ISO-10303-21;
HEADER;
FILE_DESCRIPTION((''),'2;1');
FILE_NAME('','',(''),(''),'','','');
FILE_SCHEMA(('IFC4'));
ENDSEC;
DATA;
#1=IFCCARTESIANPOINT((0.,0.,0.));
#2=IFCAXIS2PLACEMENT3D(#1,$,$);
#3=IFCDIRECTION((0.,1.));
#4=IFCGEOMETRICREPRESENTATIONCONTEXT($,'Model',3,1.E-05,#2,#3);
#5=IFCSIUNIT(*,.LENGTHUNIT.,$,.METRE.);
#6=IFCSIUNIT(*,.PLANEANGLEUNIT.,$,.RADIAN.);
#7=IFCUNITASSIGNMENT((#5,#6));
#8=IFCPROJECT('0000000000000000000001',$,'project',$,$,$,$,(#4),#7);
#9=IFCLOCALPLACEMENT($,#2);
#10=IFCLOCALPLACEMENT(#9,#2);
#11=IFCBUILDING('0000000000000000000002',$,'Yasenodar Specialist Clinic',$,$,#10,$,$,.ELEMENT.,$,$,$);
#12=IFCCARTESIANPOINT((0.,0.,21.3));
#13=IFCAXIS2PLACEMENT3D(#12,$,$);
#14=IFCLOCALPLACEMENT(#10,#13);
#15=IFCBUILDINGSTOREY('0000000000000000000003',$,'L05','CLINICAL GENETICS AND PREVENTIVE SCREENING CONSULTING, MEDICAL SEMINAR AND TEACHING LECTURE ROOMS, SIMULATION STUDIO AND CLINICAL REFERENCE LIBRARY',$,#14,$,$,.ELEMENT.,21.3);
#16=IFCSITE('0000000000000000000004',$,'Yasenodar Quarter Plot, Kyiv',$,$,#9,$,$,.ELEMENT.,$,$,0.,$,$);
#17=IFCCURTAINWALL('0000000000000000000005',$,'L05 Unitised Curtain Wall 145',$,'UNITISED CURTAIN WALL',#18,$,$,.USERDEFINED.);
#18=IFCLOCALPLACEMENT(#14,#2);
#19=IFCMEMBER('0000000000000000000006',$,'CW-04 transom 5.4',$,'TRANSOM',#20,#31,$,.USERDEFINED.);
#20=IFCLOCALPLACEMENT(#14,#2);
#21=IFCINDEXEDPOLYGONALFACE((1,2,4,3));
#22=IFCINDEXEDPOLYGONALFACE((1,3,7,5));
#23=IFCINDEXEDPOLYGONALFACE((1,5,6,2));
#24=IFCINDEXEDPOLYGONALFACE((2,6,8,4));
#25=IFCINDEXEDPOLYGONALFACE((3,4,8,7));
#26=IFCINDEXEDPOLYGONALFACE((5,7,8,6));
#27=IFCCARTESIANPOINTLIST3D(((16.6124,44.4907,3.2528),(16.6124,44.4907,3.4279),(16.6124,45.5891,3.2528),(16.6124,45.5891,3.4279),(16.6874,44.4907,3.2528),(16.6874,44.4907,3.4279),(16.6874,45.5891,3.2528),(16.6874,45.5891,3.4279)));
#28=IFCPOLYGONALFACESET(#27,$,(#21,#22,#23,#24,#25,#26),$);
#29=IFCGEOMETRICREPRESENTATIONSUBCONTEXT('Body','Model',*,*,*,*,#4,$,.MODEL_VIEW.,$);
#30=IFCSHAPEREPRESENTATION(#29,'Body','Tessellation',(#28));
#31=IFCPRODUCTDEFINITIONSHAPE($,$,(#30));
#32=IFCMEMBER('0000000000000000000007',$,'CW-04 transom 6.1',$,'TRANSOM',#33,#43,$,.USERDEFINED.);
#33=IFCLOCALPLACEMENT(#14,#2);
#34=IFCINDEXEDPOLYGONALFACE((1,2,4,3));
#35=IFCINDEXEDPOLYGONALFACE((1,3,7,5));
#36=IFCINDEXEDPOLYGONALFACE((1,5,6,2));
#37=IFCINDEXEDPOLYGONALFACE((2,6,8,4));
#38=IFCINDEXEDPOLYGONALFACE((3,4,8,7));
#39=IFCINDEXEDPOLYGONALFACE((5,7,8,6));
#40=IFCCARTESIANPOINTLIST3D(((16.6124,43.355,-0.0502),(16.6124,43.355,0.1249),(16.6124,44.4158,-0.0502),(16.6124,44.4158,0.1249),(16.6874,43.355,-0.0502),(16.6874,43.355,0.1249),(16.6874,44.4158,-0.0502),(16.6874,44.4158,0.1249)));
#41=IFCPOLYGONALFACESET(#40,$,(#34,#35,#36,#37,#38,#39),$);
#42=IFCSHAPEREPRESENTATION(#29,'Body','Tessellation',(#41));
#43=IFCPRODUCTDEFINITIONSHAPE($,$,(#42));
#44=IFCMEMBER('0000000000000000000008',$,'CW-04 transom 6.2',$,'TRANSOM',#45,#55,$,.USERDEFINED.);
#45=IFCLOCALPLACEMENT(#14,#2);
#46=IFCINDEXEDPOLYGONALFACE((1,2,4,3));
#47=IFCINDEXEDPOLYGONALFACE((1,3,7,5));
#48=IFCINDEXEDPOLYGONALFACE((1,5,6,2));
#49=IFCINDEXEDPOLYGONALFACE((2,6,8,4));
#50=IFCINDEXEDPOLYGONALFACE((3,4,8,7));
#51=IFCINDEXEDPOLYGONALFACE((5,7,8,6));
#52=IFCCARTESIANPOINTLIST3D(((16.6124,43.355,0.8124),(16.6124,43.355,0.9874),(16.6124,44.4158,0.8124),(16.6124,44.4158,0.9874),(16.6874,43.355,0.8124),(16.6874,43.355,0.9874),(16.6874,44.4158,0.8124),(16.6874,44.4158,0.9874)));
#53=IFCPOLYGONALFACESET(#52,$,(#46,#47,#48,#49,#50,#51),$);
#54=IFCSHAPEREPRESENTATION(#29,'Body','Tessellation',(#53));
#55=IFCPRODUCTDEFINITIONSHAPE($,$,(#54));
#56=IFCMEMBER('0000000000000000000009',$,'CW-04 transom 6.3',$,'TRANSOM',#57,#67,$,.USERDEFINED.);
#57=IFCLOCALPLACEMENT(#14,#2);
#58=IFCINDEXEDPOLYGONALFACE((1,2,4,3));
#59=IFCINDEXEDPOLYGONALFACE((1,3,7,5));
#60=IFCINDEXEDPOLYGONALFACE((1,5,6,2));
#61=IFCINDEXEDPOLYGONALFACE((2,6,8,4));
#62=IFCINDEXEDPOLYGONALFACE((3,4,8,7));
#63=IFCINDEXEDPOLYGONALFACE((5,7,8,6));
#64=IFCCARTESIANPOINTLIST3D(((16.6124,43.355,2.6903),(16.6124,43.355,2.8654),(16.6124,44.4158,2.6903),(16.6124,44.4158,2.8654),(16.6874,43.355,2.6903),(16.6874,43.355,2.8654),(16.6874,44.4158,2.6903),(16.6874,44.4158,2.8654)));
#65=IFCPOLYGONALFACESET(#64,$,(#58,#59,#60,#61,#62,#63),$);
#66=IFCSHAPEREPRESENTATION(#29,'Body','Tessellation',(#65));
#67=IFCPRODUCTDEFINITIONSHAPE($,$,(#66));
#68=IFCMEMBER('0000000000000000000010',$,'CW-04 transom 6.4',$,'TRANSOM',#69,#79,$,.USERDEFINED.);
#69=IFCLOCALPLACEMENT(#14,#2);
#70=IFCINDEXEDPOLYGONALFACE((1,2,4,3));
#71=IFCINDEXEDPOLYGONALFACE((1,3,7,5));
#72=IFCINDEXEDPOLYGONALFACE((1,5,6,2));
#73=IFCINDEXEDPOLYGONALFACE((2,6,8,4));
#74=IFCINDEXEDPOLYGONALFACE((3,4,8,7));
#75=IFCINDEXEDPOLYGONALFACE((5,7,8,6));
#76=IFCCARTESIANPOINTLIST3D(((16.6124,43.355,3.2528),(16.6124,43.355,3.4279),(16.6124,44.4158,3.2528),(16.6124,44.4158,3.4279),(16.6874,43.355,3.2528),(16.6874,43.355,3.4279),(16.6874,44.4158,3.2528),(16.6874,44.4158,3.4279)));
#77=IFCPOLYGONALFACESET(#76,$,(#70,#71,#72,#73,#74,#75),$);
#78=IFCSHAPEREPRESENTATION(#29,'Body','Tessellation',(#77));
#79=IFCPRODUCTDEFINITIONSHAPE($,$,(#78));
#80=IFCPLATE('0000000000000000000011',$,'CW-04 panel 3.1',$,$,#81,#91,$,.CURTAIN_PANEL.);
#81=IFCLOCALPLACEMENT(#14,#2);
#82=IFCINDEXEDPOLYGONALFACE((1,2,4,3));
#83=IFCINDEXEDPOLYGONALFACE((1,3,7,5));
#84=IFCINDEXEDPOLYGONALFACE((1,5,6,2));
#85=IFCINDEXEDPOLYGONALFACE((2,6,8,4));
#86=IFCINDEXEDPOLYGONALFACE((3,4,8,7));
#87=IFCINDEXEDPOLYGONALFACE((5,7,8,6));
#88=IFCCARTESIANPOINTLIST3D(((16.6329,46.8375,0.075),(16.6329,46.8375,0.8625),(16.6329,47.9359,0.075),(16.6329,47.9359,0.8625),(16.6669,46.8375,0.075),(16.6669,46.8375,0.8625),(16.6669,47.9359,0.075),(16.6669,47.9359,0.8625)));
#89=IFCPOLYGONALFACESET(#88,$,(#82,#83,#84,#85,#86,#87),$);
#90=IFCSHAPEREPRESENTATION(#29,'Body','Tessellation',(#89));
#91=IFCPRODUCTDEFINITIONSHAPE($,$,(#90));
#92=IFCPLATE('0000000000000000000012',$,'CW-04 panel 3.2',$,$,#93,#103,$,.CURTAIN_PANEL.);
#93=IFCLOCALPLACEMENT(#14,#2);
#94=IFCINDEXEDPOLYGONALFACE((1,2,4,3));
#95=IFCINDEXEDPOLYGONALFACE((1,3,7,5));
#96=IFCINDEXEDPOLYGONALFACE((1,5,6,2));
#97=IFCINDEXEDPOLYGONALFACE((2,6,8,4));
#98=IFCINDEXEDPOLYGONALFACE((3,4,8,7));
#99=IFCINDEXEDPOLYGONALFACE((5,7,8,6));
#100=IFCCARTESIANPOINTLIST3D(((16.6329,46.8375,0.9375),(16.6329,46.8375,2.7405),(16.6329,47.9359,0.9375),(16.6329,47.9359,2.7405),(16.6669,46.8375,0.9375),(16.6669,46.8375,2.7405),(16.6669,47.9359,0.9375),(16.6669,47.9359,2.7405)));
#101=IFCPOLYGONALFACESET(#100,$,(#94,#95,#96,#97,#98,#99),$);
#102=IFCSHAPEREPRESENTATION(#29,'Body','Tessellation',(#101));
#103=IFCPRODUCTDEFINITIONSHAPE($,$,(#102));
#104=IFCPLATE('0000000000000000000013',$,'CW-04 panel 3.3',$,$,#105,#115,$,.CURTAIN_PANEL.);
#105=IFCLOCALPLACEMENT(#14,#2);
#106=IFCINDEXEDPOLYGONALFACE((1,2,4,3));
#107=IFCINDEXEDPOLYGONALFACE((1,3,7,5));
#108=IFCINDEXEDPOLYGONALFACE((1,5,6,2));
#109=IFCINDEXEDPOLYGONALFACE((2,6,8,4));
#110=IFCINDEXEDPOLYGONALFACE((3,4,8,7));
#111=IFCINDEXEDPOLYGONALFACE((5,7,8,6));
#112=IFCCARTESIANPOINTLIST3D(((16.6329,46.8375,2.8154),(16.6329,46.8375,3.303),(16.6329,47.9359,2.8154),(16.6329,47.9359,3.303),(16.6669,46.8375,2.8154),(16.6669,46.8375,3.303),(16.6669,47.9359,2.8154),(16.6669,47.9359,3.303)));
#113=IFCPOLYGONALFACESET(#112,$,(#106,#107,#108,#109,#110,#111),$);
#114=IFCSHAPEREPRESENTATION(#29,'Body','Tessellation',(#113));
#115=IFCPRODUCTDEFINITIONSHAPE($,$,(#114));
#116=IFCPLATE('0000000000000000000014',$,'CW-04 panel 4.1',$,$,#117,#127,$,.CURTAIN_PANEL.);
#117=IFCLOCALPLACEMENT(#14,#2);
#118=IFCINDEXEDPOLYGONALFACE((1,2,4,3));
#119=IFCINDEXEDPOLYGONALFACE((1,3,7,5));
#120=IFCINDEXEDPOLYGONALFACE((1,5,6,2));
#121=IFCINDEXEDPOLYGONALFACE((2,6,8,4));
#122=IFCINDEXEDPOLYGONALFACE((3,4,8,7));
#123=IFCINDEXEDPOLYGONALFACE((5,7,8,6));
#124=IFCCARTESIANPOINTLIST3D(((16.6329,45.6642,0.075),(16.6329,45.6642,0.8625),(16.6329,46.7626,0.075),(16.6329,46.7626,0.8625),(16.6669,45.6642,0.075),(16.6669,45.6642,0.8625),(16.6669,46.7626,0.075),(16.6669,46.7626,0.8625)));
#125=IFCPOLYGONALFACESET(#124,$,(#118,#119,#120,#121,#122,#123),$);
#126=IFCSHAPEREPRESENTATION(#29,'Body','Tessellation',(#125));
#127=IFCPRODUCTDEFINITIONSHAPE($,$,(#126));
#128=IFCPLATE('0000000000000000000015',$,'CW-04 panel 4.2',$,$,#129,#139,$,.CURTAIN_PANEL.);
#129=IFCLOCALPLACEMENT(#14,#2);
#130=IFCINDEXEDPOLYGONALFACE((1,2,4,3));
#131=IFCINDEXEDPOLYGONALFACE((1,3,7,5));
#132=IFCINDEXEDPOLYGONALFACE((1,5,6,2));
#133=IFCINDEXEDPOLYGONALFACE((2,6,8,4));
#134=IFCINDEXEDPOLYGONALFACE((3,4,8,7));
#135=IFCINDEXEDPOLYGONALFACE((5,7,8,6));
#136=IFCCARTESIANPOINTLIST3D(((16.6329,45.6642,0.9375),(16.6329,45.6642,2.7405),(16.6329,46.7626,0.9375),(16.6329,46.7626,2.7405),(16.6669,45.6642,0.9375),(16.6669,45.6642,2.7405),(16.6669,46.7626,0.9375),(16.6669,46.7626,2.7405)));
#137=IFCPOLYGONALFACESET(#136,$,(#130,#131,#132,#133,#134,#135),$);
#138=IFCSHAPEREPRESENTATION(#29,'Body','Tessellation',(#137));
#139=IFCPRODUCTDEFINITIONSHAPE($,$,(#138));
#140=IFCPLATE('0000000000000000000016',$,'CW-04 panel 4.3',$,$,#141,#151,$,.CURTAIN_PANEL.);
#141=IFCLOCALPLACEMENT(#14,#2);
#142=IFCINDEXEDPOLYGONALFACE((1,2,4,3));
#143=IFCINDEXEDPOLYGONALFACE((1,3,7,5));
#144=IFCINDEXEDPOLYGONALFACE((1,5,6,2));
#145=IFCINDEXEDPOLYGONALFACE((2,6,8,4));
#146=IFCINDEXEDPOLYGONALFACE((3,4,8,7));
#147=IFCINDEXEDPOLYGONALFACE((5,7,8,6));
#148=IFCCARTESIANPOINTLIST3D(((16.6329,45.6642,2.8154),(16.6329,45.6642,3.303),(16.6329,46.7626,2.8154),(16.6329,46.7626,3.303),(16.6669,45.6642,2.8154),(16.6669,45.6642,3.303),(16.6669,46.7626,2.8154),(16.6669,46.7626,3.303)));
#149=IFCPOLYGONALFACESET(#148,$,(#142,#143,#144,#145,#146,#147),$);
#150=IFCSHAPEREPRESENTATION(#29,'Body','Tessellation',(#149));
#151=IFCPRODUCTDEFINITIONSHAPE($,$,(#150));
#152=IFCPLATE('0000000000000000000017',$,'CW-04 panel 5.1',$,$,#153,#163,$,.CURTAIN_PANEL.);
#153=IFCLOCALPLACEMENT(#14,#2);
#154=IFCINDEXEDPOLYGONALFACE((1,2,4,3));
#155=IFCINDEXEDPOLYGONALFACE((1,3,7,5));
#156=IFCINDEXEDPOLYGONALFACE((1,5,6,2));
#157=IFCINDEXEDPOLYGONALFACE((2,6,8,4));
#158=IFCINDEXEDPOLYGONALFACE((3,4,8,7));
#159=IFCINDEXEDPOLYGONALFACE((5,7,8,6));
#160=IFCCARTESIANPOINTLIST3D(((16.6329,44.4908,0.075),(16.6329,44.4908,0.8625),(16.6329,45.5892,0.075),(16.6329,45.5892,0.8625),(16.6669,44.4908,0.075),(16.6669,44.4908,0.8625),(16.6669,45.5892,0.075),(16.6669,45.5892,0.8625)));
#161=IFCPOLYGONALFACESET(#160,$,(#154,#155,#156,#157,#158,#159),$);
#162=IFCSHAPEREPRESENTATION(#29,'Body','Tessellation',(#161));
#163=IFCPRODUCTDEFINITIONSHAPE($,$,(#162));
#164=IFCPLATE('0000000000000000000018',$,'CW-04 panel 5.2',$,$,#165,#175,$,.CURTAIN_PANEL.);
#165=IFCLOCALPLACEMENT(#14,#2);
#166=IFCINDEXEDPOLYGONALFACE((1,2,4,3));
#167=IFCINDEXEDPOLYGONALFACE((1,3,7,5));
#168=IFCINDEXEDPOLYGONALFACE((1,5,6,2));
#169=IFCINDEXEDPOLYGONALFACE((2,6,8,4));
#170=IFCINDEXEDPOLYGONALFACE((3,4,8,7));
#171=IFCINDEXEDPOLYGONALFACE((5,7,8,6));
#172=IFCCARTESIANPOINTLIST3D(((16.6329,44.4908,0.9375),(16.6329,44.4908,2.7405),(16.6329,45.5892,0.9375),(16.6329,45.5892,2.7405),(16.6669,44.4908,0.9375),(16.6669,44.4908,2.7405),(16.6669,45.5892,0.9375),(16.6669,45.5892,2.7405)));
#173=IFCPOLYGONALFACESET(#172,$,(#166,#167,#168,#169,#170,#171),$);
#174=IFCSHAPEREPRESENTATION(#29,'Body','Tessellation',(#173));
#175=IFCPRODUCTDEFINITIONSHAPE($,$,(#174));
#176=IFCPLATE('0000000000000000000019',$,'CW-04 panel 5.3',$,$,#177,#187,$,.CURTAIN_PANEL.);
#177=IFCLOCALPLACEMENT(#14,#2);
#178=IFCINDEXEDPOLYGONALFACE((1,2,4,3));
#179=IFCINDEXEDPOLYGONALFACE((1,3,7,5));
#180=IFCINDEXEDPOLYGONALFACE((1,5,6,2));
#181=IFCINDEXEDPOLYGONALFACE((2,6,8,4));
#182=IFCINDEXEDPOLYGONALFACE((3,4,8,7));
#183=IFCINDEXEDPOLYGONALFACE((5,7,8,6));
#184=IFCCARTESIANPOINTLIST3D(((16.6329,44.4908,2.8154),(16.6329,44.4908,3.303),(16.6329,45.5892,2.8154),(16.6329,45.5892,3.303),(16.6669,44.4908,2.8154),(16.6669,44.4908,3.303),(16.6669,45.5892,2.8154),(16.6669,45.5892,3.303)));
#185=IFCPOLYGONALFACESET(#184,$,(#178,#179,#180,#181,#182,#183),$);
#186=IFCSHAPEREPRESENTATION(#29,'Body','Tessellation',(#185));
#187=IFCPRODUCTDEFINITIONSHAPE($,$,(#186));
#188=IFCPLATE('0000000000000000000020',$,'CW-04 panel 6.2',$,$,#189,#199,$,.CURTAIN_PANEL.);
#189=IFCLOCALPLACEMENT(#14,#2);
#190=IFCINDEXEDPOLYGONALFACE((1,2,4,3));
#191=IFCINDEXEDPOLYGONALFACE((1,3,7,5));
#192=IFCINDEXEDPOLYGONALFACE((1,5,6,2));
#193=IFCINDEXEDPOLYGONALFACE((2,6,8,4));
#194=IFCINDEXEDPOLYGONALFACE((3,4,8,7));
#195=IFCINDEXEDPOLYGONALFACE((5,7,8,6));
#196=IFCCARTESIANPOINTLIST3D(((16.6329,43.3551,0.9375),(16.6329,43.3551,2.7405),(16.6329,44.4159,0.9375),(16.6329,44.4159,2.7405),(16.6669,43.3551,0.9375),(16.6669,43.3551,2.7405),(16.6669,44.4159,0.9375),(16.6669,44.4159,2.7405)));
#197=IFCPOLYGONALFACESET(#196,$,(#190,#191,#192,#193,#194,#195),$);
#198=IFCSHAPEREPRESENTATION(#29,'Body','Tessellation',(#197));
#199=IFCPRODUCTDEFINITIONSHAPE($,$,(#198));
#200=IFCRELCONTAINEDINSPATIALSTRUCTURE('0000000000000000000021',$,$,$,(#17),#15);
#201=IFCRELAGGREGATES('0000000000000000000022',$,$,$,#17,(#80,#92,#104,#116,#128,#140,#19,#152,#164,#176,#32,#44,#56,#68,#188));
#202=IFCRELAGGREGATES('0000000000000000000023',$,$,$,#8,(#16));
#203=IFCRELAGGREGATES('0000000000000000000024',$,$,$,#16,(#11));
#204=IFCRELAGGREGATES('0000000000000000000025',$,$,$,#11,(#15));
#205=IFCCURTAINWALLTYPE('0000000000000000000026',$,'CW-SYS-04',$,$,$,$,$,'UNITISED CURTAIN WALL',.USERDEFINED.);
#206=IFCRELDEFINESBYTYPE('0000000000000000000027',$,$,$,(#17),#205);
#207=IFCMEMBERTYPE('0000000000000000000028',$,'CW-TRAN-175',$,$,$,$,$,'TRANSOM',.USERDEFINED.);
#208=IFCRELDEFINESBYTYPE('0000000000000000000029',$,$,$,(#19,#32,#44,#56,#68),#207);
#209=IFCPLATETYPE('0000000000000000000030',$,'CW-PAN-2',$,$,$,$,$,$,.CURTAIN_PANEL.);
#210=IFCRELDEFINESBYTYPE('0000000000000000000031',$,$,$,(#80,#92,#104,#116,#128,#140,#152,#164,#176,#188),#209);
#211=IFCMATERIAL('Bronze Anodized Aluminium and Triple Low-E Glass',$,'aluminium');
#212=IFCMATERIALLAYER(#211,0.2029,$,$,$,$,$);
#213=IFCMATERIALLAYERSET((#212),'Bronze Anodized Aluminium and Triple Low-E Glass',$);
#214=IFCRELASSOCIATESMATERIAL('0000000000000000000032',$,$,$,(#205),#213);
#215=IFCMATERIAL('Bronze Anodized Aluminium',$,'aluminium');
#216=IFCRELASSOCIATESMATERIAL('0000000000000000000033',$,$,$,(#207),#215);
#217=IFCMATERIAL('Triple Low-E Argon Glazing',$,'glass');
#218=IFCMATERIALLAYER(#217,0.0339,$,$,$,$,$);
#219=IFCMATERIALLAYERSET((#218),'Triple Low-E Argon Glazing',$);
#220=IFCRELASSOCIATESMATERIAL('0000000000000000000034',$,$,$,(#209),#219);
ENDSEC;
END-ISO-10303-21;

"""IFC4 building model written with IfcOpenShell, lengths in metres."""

from ifc_helpers import new_model, si_unit, direction, frame, origin, origin_2d, place, context, subcontext, project, spatial, rectangle, extrude, material, layer, layer_set, material_profile, profile_set, type_object, element, aggregate, save


model = new_model("IFC4")

# Units and contexts
model_context = context("Model", 3, precision=1e-05, world=origin(), true_north=direction((0.0, 1.0)))
body_context = subcontext(model_context, "Body", "Model", "MODEL_VIEW")
ifc_project = project(units=[si_unit("LENGTHUNIT", "METRE"), si_unit("PLANEANGLEUNIT", "RADIAN")], contexts=[model_context])

# Site, building, storey
site_placement = place(None, origin())
site = spatial("IfcSite", under=ifc_project, at=site_placement, Name="Yasenodar Quarter Plot, Kyiv", CompositionType="ELEMENT", RefElevation=0.0)
building_placement = place(site_placement, origin())
building = spatial("IfcBuilding", under=site, at=building_placement, Name="Yasenodar Specialist Clinic", CompositionType="ELEMENT")
storey_placement = place(building_placement, frame((0.0, 0.0, 21.3)))
storey = spatial("IfcBuildingStorey", under=building, at=storey_placement, Name="L05", Description="CLINICAL GENETICS AND PREVENTIVE SCREENING CONSULTING, MEDICAL SEMINAR AND TEACHING LECTURE ROOMS, SIMULATION STUDIO AND CLINICAL REFERENCE LIBRARY", CompositionType="ELEMENT", Elevation=21.3)

# Curtain wall, members, plates
ifc_material_1 = material(Name="Bronze Anodized Aluminium and Triple Low-E Glass", Category="aluminium")
ifc_layer_1 = layer(ifc_material_1, 0.2029)
ifc_layer_set_1 = layer_set([ifc_layer_1], Name="Bronze Anodized Aluminium and Triple Low-E Glass")
curtain_wall_type = type_object("IfcCurtainWallType", Name="CW-SYS-04", ElementType="UNITISED CURTAIN WALL", PredefinedType="USERDEFINED", material=ifc_layer_set_1)
curtain_wall_placement = place(storey_placement, origin())
curtain_wall = element("IfcCurtainWall", 1, at=curtain_wall_placement, inside=storey, type_object=curtain_wall_type, Name="L05 Unitised Curtain Wall 145", ObjectType="UNITISED CURTAIN WALL", PredefinedType="USERDEFINED")
ifc_material_2 = material(Name="Bronze Anodized Aluminium", Category="aluminium")
ifc_material_profile_1 = material_profile(ifc_material_2, rectangle(XDim=0.075, YDim=0.175, at=origin_2d()), Name="CW-TRAN 75x175")
ifc_profile_set_1 = profile_set([ifc_material_profile_1], Name="Bronze Anodized Aluminium")
member_type_1 = type_object("IfcMemberType", Name="CW-TRAN-175", ElementType="TRANSOM", PredefinedType="USERDEFINED", material=ifc_profile_set_1)
member_1_placement = place(storey_placement, frame((16.6499, 45.5891, 3.3403), z_axis=(0.0, -1.0, 0.0), x_axis=(1.0, 0.0, 0.0)))
member_1 = element("IfcMember", 2, at=member_1_placement, type_object=member_type_1, Name="CW-04 transom 5.4", ObjectType="TRANSOM", PredefinedType="USERDEFINED", context=body_context, shape_type="SweptSolid", body=[
    extrude(rectangle(XDim=0.075, YDim=0.175, at=origin_2d()), origin(), (0.0, 0.0, 1.0), 1.0984),
])
member_2_placement = place(storey_placement, frame((16.6499, 44.4158, 0.0374), z_axis=(0.0, -1.0, 0.0), x_axis=(1.0, 0.0, 0.0)))
member_2 = element("IfcMember", 3, at=member_2_placement, type_object=member_type_1, Name="CW-04 transom 6.1", ObjectType="TRANSOM", PredefinedType="USERDEFINED", context=body_context, shape_type="SweptSolid", body=[
    extrude(rectangle(XDim=0.075, YDim=0.175, at=origin_2d()), origin(), (0.0, 0.0, 1.0), 1.0608),
])
member_3_placement = place(storey_placement, frame((16.6499, 44.4158, 0.8999), z_axis=(0.0, -1.0, 0.0), x_axis=(1.0, 0.0, 0.0)))
member_3 = element("IfcMember", 4, at=member_3_placement, type_object=member_type_1, Name="CW-04 transom 6.2", ObjectType="TRANSOM", PredefinedType="USERDEFINED", context=body_context, shape_type="SweptSolid", body=[
    extrude(rectangle(XDim=0.075, YDim=0.175, at=origin_2d()), origin(), (0.0, 0.0, 1.0), 1.0608),
])
member_4_placement = place(storey_placement, frame((16.6499, 44.4158, 2.7778), z_axis=(0.0, -1.0, 0.0), x_axis=(1.0, 0.0, 0.0)))
member_4 = element("IfcMember", 5, at=member_4_placement, type_object=member_type_1, Name="CW-04 transom 6.3", ObjectType="TRANSOM", PredefinedType="USERDEFINED", context=body_context, shape_type="SweptSolid", body=[
    extrude(rectangle(XDim=0.075, YDim=0.175, at=origin_2d()), origin(), (0.0, 0.0, 1.0), 1.0608),
])
member_5_placement = place(storey_placement, frame((16.6499, 44.4158, 3.3403), z_axis=(0.0, -1.0, 0.0), x_axis=(1.0, 0.0, 0.0)))
member_5 = element("IfcMember", 6, at=member_5_placement, type_object=member_type_1, Name="CW-04 transom 6.4", ObjectType="TRANSOM", PredefinedType="USERDEFINED", context=body_context, shape_type="SweptSolid", body=[
    extrude(rectangle(XDim=0.075, YDim=0.175, at=origin_2d()), origin(), (0.0, 0.0, 1.0), 1.0608),
])
ifc_material_3 = material(Name="Triple Low-E Argon Glazing", Category="glass")
ifc_layer_2 = layer(ifc_material_3, 0.0339)
ifc_layer_set_2 = layer_set([ifc_layer_2], Name="Triple Low-E Argon Glazing")
plate_type = type_object("IfcPlateType", Name="CW-PAN-2", PredefinedType="CURTAIN_PANEL", material=ifc_layer_set_2)
plate_1_placement = place(storey_placement, frame((16.6499, 47.3867, 0.075), z_axis=(0.0, 0.0, 1.0), x_axis=(0.0, -1.0, 0.0)))
plate_1 = element("IfcPlate", 7, at=plate_1_placement, type_object=plate_type, Name="CW-04 panel 3.1", PredefinedType="CURTAIN_PANEL", context=body_context, shape_type="SweptSolid", body=[
    extrude(rectangle(XDim=1.0984, YDim=0.0339, at=origin_2d()), origin(), (0.0, 0.0, 1.0), 0.7876),
])
plate_2_placement = place(storey_placement, frame((16.6499, 47.3867, 0.9375), z_axis=(0.0, 0.0, 1.0), x_axis=(0.0, -1.0, 0.0)))
plate_2 = element("IfcPlate", 8, at=plate_2_placement, type_object=plate_type, Name="CW-04 panel 3.2", PredefinedType="CURTAIN_PANEL", context=body_context, shape_type="SweptSolid", body=[
    extrude(rectangle(XDim=1.0984, YDim=0.0339, at=origin_2d()), origin(), (0.0, 0.0, 1.0), 1.803),
])
plate_3_placement = place(storey_placement, frame((16.6499, 47.3867, 2.8154), z_axis=(0.0, 0.0, 1.0), x_axis=(0.0, -1.0, 0.0)))
plate_3 = element("IfcPlate", 9, at=plate_3_placement, type_object=plate_type, Name="CW-04 panel 3.3", PredefinedType="CURTAIN_PANEL", context=body_context, shape_type="SweptSolid", body=[
    extrude(rectangle(XDim=1.0984, YDim=0.0339, at=origin_2d()), origin(), (0.0, 0.0, 1.0), 0.4875),
])
plate_4_placement = place(storey_placement, frame((16.6499, 46.2134, 0.075), z_axis=(0.0, 0.0, 1.0), x_axis=(0.0, -1.0, 0.0)))
plate_4 = element("IfcPlate", 10, at=plate_4_placement, type_object=plate_type, Name="CW-04 panel 4.1", PredefinedType="CURTAIN_PANEL", context=body_context, shape_type="SweptSolid", body=[
    extrude(rectangle(XDim=1.0984, YDim=0.0339, at=origin_2d()), origin(), (0.0, 0.0, 1.0), 0.7876),
])
plate_5_placement = place(storey_placement, frame((16.6499, 46.2134, 0.9375), z_axis=(0.0, 0.0, 1.0), x_axis=(0.0, -1.0, 0.0)))
plate_5 = element("IfcPlate", 11, at=plate_5_placement, type_object=plate_type, Name="CW-04 panel 4.2", PredefinedType="CURTAIN_PANEL", context=body_context, shape_type="SweptSolid", body=[
    extrude(rectangle(XDim=1.0984, YDim=0.0339, at=origin_2d()), origin(), (0.0, 0.0, 1.0), 1.803),
])
plate_6_placement = place(storey_placement, frame((16.6499, 46.2134, 2.8154), z_axis=(0.0, 0.0, 1.0), x_axis=(0.0, -1.0, 0.0)))
plate_6 = element("IfcPlate", 12, at=plate_6_placement, type_object=plate_type, Name="CW-04 panel 4.3", PredefinedType="CURTAIN_PANEL", context=body_context, shape_type="SweptSolid", body=[
    extrude(rectangle(XDim=1.0984, YDim=0.0339, at=origin_2d()), origin(), (0.0, 0.0, 1.0), 0.4875),
])
plate_7_placement = place(storey_placement, frame((16.6499, 45.04, 0.075), z_axis=(0.0, 0.0, 1.0), x_axis=(0.0, -1.0, 0.0)))
plate_7 = element("IfcPlate", 13, at=plate_7_placement, type_object=plate_type, Name="CW-04 panel 5.1", PredefinedType="CURTAIN_PANEL", context=body_context, shape_type="SweptSolid", body=[
    extrude(rectangle(XDim=1.0984, YDim=0.0339, at=origin_2d()), origin(), (0.0, 0.0, 1.0), 0.7876),
])
plate_8_placement = place(storey_placement, frame((16.6499, 45.04, 0.9375), z_axis=(0.0, 0.0, 1.0), x_axis=(0.0, -1.0, 0.0)))
plate_8 = element("IfcPlate", 14, at=plate_8_placement, type_object=plate_type, Name="CW-04 panel 5.2", PredefinedType="CURTAIN_PANEL", context=body_context, shape_type="SweptSolid", body=[
    extrude(rectangle(XDim=1.0984, YDim=0.0339, at=origin_2d()), origin(), (0.0, 0.0, 1.0), 1.803),
])
plate_9_placement = place(storey_placement, frame((16.6499, 45.04, 2.8154), z_axis=(0.0, 0.0, 1.0), x_axis=(0.0, -1.0, 0.0)))
plate_9 = element("IfcPlate", 15, at=plate_9_placement, type_object=plate_type, Name="CW-04 panel 5.3", PredefinedType="CURTAIN_PANEL", context=body_context, shape_type="SweptSolid", body=[
    extrude(rectangle(XDim=1.0984, YDim=0.0339, at=origin_2d()), origin(), (0.0, 0.0, 1.0), 0.4875),
])
plate_10_placement = place(storey_placement, frame((16.6499, 43.8855, 0.9375), z_axis=(0.0, 0.0, 1.0), x_axis=(0.0, -1.0, 0.0)))
plate_10 = element("IfcPlate", 16, at=plate_10_placement, type_object=plate_type, Name="CW-04 panel 6.2", PredefinedType="CURTAIN_PANEL", context=body_context, shape_type="SweptSolid", body=[
    extrude(rectangle(XDim=1.0608, YDim=0.0339, at=origin_2d()), origin(), (0.0, 0.0, 1.0), 1.803),
])
aggregate(curtain_wall, [plate_1, plate_2, plate_3, plate_4, plate_5, plate_6, member_1, plate_7, plate_8, plate_9, member_2, member_3, member_4, member_5, plate_10])

save(model, "model.ifc")
